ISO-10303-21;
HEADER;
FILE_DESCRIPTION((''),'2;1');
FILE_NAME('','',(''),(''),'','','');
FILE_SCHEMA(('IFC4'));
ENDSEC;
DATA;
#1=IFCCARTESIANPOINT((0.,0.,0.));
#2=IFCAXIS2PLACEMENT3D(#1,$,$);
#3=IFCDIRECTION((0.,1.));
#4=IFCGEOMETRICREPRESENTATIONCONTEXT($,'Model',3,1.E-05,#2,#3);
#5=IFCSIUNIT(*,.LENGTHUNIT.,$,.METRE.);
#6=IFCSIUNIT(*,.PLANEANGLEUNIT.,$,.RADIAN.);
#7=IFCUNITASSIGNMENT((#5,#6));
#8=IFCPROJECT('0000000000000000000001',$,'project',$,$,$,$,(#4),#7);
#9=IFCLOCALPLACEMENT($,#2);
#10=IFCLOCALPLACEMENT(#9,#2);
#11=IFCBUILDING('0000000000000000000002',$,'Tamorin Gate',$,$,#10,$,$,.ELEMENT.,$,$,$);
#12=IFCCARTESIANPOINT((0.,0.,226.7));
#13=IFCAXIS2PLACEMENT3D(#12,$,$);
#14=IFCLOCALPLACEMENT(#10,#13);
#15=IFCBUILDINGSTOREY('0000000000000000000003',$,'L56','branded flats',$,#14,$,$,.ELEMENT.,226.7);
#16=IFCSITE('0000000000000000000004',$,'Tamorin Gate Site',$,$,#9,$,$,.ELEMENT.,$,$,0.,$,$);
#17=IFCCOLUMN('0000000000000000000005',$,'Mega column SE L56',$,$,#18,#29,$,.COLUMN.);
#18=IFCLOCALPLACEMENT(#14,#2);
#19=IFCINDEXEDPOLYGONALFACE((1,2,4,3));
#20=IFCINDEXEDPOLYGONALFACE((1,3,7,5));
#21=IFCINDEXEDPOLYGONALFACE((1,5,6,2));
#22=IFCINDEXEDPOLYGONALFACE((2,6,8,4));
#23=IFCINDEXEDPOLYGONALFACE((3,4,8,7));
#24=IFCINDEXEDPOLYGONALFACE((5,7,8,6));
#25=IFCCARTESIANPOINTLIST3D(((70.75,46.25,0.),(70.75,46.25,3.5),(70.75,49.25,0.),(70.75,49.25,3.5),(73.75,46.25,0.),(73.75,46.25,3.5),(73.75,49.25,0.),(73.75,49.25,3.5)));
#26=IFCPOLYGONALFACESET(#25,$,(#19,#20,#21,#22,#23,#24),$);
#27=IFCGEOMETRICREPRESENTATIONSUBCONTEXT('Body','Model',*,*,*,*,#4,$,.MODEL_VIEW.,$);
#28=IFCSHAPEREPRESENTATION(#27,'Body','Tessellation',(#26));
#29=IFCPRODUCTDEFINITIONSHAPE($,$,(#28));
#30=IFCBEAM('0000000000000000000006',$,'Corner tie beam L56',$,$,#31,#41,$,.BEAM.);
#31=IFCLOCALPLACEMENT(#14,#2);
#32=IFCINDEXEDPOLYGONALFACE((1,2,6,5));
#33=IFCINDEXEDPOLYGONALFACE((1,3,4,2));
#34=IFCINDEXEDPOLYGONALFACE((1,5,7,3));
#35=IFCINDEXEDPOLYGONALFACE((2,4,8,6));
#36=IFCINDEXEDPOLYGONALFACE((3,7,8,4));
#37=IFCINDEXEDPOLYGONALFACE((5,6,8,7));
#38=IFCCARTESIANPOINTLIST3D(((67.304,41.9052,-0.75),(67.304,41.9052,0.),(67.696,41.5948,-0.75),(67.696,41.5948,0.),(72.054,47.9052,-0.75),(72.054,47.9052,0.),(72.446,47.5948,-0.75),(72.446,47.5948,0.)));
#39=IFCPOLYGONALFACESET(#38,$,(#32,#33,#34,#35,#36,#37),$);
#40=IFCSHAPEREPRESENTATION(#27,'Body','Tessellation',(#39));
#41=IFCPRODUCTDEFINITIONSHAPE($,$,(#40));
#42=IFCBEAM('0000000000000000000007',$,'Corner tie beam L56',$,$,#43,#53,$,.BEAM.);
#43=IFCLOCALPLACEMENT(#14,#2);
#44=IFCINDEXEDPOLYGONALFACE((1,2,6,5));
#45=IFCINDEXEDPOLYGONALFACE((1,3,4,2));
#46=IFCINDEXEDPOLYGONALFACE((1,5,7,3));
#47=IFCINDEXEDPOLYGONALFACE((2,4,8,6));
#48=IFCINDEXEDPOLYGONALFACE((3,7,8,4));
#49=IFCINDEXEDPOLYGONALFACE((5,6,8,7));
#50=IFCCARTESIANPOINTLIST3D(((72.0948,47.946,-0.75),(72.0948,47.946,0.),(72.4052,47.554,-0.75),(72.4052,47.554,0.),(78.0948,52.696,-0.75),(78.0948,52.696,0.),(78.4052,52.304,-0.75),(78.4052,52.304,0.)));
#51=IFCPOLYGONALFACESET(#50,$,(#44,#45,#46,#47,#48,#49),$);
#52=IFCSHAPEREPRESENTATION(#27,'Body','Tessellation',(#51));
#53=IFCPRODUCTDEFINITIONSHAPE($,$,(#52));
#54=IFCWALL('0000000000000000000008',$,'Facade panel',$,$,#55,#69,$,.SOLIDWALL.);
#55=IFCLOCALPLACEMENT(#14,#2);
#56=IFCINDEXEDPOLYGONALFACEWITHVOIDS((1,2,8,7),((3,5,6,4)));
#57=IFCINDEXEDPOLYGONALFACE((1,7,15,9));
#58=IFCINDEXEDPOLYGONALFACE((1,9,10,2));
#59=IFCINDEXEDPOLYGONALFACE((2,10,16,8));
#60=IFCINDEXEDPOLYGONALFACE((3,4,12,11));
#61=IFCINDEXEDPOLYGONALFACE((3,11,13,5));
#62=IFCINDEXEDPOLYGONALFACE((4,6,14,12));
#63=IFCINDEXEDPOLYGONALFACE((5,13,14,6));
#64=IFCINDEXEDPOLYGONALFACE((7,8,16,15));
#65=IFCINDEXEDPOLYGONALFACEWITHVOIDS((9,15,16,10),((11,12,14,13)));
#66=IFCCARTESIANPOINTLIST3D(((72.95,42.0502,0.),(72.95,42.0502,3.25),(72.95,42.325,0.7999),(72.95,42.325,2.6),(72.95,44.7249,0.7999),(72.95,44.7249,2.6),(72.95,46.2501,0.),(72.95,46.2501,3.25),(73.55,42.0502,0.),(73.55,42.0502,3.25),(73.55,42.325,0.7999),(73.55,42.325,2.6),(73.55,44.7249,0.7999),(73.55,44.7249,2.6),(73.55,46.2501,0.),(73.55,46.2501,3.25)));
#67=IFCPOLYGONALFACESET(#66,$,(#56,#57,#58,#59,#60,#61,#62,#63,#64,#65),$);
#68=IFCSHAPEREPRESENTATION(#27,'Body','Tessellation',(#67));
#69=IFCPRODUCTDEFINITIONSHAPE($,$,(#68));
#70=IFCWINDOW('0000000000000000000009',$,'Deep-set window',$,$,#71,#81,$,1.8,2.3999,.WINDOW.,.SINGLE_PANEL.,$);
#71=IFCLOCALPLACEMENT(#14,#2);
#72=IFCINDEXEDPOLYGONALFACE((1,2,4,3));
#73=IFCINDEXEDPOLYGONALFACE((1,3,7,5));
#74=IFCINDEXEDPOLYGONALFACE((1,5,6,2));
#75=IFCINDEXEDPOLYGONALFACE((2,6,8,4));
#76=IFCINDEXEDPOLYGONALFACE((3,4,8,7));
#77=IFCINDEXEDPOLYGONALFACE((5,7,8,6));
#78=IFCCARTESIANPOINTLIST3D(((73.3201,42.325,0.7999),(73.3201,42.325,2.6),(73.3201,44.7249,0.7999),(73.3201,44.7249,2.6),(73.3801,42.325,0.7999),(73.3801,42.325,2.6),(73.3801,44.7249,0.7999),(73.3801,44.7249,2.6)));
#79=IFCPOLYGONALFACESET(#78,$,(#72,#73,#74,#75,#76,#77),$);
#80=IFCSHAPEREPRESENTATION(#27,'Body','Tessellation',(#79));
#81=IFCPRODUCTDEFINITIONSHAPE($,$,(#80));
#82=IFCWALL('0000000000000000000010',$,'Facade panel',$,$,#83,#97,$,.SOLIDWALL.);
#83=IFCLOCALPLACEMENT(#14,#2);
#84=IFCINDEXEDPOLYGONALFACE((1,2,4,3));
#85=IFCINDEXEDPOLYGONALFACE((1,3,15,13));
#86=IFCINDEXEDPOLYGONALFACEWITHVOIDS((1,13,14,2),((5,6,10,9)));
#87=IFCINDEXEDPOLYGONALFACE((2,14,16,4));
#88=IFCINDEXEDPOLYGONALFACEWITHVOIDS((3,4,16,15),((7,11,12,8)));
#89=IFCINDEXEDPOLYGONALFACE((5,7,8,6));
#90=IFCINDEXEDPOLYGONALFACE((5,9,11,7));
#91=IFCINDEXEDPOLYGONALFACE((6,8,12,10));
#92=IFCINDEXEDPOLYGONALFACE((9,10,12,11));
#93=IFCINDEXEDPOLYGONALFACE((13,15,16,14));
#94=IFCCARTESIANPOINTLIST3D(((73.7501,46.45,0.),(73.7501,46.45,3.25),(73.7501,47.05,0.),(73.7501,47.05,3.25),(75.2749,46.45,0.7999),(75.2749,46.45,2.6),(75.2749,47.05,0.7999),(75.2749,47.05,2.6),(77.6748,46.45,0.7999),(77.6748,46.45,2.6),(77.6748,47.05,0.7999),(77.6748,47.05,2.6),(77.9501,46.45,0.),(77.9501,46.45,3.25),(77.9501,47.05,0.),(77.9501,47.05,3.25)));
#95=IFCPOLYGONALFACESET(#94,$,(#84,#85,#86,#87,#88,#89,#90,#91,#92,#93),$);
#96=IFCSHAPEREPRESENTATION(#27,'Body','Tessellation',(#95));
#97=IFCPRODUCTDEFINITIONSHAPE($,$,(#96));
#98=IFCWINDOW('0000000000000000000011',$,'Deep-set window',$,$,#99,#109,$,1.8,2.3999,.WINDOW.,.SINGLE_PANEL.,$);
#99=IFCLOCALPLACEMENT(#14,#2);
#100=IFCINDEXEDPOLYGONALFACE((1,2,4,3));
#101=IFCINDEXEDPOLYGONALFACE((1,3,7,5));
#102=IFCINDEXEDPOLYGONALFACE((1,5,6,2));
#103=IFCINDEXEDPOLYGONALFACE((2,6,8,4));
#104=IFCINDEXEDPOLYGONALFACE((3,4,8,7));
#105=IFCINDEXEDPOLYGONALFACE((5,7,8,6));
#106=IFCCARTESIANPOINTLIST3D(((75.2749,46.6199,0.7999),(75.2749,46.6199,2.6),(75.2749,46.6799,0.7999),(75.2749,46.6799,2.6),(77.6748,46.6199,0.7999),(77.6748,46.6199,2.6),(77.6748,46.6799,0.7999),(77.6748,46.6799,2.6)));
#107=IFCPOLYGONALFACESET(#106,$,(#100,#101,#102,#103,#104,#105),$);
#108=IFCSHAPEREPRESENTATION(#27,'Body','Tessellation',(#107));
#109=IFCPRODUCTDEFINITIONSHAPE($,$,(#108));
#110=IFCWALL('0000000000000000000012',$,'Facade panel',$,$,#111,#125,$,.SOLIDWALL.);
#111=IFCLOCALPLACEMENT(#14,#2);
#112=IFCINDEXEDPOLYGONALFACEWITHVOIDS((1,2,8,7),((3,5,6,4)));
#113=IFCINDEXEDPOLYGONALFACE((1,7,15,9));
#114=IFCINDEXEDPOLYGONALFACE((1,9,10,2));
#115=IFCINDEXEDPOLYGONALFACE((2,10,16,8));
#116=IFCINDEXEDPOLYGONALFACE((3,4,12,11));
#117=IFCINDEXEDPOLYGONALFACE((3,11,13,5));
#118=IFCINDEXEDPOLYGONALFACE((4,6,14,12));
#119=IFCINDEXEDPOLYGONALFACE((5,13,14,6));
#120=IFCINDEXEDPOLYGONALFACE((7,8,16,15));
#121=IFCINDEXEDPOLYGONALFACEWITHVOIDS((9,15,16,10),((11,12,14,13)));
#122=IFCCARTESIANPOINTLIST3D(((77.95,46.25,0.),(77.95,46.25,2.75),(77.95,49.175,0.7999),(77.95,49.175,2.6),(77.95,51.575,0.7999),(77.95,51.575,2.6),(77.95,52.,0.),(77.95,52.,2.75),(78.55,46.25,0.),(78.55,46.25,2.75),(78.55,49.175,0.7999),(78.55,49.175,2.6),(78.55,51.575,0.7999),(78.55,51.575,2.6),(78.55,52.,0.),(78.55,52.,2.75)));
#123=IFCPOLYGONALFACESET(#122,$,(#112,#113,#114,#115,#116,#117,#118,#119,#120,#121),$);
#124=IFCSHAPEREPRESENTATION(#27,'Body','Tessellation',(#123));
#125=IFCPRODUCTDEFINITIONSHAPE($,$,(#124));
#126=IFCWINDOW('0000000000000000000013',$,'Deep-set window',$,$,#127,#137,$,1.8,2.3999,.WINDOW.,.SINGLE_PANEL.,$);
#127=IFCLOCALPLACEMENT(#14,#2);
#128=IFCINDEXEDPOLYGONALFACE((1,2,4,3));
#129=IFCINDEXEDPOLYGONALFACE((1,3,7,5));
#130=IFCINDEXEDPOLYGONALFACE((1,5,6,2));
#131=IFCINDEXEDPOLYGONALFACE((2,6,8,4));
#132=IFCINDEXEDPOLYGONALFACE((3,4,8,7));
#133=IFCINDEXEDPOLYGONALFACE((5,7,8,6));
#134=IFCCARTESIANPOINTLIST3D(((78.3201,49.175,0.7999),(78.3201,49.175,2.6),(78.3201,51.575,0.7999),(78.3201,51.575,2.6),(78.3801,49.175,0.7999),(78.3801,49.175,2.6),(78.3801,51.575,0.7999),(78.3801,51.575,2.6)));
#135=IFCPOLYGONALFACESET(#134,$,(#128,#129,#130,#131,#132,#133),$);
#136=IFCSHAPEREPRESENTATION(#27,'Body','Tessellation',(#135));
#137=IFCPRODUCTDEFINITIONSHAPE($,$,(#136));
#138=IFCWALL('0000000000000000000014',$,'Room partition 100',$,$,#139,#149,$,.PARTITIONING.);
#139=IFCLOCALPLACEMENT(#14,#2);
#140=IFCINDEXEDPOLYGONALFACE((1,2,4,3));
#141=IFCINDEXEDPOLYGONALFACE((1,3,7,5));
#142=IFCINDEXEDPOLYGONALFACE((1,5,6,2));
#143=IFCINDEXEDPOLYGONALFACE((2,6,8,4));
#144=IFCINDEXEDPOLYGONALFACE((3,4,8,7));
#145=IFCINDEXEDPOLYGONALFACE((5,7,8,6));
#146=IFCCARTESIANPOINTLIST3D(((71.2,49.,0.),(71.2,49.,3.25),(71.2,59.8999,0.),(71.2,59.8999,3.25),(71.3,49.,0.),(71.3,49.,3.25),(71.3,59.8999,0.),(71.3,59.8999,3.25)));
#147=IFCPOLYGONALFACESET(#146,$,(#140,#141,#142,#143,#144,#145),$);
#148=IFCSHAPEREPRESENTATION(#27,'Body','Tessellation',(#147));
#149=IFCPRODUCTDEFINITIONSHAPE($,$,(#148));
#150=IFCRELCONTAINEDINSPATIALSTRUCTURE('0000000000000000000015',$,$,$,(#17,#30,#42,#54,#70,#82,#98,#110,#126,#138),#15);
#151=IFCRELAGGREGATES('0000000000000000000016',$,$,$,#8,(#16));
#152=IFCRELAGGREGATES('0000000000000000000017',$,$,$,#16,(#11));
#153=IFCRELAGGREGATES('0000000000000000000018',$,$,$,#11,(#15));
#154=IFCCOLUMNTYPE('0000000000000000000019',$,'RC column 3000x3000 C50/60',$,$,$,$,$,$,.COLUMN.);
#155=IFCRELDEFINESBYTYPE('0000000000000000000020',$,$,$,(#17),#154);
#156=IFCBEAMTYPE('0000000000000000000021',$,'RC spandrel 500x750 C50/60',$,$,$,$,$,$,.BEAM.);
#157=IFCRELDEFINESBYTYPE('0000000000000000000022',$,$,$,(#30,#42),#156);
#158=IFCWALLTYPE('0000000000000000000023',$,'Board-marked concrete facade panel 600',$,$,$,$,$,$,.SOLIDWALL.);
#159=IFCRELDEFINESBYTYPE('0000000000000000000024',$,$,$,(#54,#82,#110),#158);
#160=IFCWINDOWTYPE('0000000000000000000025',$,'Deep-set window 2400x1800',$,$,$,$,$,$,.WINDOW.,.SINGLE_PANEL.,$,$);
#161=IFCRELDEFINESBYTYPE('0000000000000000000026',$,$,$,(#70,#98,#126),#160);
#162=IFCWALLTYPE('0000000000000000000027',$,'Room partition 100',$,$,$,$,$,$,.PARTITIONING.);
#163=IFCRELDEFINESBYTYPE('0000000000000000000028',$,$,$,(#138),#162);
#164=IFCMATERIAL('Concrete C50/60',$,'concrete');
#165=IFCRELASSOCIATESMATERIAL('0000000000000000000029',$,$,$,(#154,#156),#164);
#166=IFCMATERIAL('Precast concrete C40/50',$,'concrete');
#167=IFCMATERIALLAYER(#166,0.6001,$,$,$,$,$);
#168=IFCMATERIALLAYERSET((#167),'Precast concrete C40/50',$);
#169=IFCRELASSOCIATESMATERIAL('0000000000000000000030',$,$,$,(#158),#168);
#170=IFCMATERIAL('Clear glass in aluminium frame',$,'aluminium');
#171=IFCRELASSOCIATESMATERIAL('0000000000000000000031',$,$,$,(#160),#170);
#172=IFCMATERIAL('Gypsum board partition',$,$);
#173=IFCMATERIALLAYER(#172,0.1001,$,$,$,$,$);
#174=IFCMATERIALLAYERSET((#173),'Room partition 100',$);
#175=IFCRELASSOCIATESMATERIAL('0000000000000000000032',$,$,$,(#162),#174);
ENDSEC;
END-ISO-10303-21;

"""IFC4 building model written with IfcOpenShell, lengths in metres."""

from ifc_helpers import new_model, si_unit, direction, frame, frame_2d, origin, origin_2d, place, context, subcontext, project, spatial, rectangle, extrude, material, layer, layer_set, material_profile, profile_set, type_object, element, fill, save


model = new_model("IFC4")

# Units and contexts
model_context = context("Model", 3, precision=1e-05, world=origin(), true_north=direction((0.0, 1.0)))
body_context = subcontext(model_context, "Body", "Model", "MODEL_VIEW")
ifc_project = project(units=[si_unit("LENGTHUNIT", "METRE"), si_unit("PLANEANGLEUNIT", "RADIAN")], contexts=[model_context])

# Site, building, storey
site_placement = place(None, origin())
site = spatial("IfcSite", under=ifc_project, at=site_placement, Name="Tamorin Gate Site", CompositionType="ELEMENT", RefElevation=0.0)
building_placement = place(site_placement, origin())
building = spatial("IfcBuilding", under=site, at=building_placement, Name="Tamorin Gate", CompositionType="ELEMENT")
storey_placement = place(building_placement, frame((0.0, 0.0, 226.7)))
storey = spatial("IfcBuildingStorey", under=building, at=storey_placement, Name="L56", Description="branded flats", CompositionType="ELEMENT", Elevation=226.7)

# Column
ifc_material_1 = material(Name="Concrete C50/60", Category="concrete")
ifc_material_profile_1 = material_profile(ifc_material_1, rectangle(XDim=3.0, YDim=3.0, at=origin_2d()), Name="RC 3000x3000")
ifc_profile_set_1 = profile_set([ifc_material_profile_1], Name="Concrete C50/60")
column_type = type_object("IfcColumnType", Name="RC column 3000x3000 C50/60", PredefinedType="COLUMN", material=ifc_profile_set_1)
column_placement = place(storey_placement, frame((72.25, 47.75, 0.0), z_axis=(0.0, 0.0, 1.0), x_axis=(1.0, 0.0, 0.0)))
element("IfcColumn", 1, at=column_placement, inside=storey, type_object=column_type, Name="Mega column SE L56", PredefinedType="COLUMN", context=body_context, shape_type="SweptSolid", body=[
    extrude(rectangle(XDim=3.0, YDim=3.0, at=origin_2d()), origin(), (0.0, 0.0, 1.0), 3.5),
])

# Beams
ifc_material_profile_2 = material_profile(ifc_material_1, rectangle(XDim=0.5, YDim=0.75, at=origin_2d()), Name="RC 500x750")
ifc_profile_set_2 = profile_set([ifc_material_profile_2], Name="Concrete C50/60")
beam_type = type_object("IfcBeamType", Name="RC spandrel 500x750 C50/60", PredefinedType="BEAM", material=ifc_profile_set_2)
for number, where, z_axis, x_axis, name in (
    (2, (72.25, 47.75, -0.375), (-0.620703, -0.784046, 0.0), (0.784046, -0.620703, 0.0), "Corner tie beam L56"),
    (3, (72.25, 47.75, -0.375), (0.784046, 0.620703, 0.0), (-0.620703, 0.784046, 0.0), "Corner tie beam L56"),
):
    element("IfcBeam", number, at=place(storey_placement, frame(where, z_axis=z_axis, x_axis=x_axis)), inside=storey, type_object=beam_type, Name=name, PredefinedType="BEAM", context=body_context, shape_type="SweptSolid", body=[
        extrude(rectangle(XDim=0.5, YDim=0.75, at=origin_2d()), origin(), (0.0, 0.0, 1.0), 7.6526),
    ])

# Walls, openings, windows
ifc_material_2 = material(Name="Precast concrete C40/50", Category="concrete")
ifc_layer_1 = layer(ifc_material_2, 0.6001)
ifc_layer_set_1 = layer_set([ifc_layer_1], Name="Precast concrete C40/50")
wall_type_1 = type_object("IfcWallType", Name="Board-marked concrete facade panel 600", PredefinedType="SOLIDWALL", material=ifc_layer_set_1)
wall_1_placement = place(storey_placement, frame((73.25, 42.05, 0.0), z_axis=(0.0, 0.0, 1.0), x_axis=(0.0, 1.0, 0.0)))
wall_1 = element("IfcWall", 4, at=wall_1_placement, inside=storey, type_object=wall_type_1, Name="Facade panel", PredefinedType="SOLIDWALL", context=body_context, shape_type="SweptSolid", body=[
    extrude(rectangle(XDim=4.2, YDim=0.6001, at=frame_2d((2.1001, 0.0))), origin(), (0.0, 0.0, 1.0), 3.25),
])
opening_1_placement = place(wall_1_placement, frame((0.2749, 0.0, 0.8)))
opening_1 = element("IfcOpeningElement", 5, at=opening_1_placement, cuts=wall_1, PredefinedType="OPENING", context=body_context, shape_type="SweptSolid", body=[
    extrude(rectangle(XDim=2.3999, YDim=1.8, at=frame_2d((1.2, 0.8999))), frame((0.0, 0.3101, 0.0), z_axis=(0.0, -1.0, 0.0), x_axis=(1.0, 0.0, 0.0)), (0.0, 0.0, 1.0), 0.6201),
])
ifc_material_3 = material(Name="Clear glass in aluminium frame", Category="aluminium")
window_type = type_object("IfcWindowType", Name="Deep-set window 2400x1800", PartitioningType="SINGLE_PANEL", PredefinedType="WINDOW", material=ifc_material_3)
window_1_placement = place(opening_1_placement, origin())
window_1 = element("IfcWindow", 6, at=window_1_placement, inside=storey, type_object=window_type, Name="Deep-set window", OverallHeight=1.8, OverallWidth=2.3999, PartitioningType="SINGLE_PANEL", PredefinedType="WINDOW", context=body_context, shape_type="SweptSolid", body=[
    extrude(rectangle(XDim=2.3999, YDim=1.8, at=frame_2d((1.2, 0.8999))), frame((0.0, -0.0701, 0.0), z_axis=(0.0, -1.0, 0.0), x_axis=(1.0, 0.0, 0.0)), (0.0, 0.0, 1.0), 0.0601),
])
fill(opening_1, window_1)
wall_2_placement = place(storey_placement, frame((73.75, 46.75, 0.0), z_axis=(0.0, 0.0, 1.0), x_axis=(1.0, 0.0, 0.0)))
wall_2 = element("IfcWall", 7, at=wall_2_placement, inside=storey, type_object=wall_type_1, Name="Facade panel", PredefinedType="SOLIDWALL", context=body_context, shape_type="SweptSolid", body=[
    extrude(rectangle(XDim=4.2, YDim=0.6001, at=frame_2d((2.1001, 0.0))), origin(), (0.0, 0.0, 1.0), 3.25),
])
opening_2_placement = place(wall_2_placement, frame((1.5249, 0.0, 0.8)))
opening_2 = element("IfcOpeningElement", 8, at=opening_2_placement, cuts=wall_2, PredefinedType="OPENING", context=body_context, shape_type="SweptSolid", body=[
    extrude(rectangle(XDim=2.3999, YDim=1.8, at=frame_2d((1.2, 0.8999))), frame((0.0, 0.3101, 0.0), z_axis=(0.0, -1.0, 0.0), x_axis=(1.0, 0.0, 0.0)), (0.0, 0.0, 1.0), 0.6201),
])
window_2_placement = place(opening_2_placement, origin())
window_2 = element("IfcWindow", 9, at=window_2_placement, inside=storey, type_object=window_type, Name="Deep-set window", OverallHeight=1.8, OverallWidth=2.3999, PartitioningType="SINGLE_PANEL", PredefinedType="WINDOW", context=body_context, shape_type="SweptSolid", body=[
    extrude(rectangle(XDim=2.3999, YDim=1.8, at=frame_2d((1.2, 0.8999))), frame((0.0, -0.0701, 0.0), z_axis=(0.0, -1.0, 0.0), x_axis=(1.0, 0.0, 0.0)), (0.0, 0.0, 1.0), 0.0601),
])
fill(opening_2, window_2)
wall_3_placement = place(storey_placement, frame((78.25, 46.25, 0.0), z_axis=(0.0, 0.0, 1.0), x_axis=(0.0, 1.0, 0.0)))
wall_3 = element("IfcWall", 10, at=wall_3_placement, inside=storey, type_object=wall_type_1, Name="Facade panel", PredefinedType="SOLIDWALL", context=body_context, shape_type="SweptSolid", body=[
    extrude(rectangle(XDim=5.75, YDim=0.6001, at=frame_2d((2.875, 0.0))), origin(), (0.0, 0.0, 1.0), 2.75),
])
opening_3_placement = place(wall_3_placement, frame((2.925, 0.0, 0.8)))
opening_3 = element("IfcOpeningElement", 11, at=opening_3_placement, cuts=wall_3, PredefinedType="OPENING", context=body_context, shape_type="SweptSolid", body=[
    extrude(rectangle(XDim=2.3999, YDim=1.8, at=frame_2d((1.2, 0.8999))), frame((0.0, 0.3101, 0.0), z_axis=(0.0, -1.0, 0.0), x_axis=(1.0, 0.0, 0.0)), (0.0, 0.0, 1.0), 0.6201),
])
window_3_placement = place(opening_3_placement, origin())
window_3 = element("IfcWindow", 12, at=window_3_placement, inside=storey, type_object=window_type, Name="Deep-set window", OverallHeight=1.8, OverallWidth=2.3999, PartitioningType="SINGLE_PANEL", PredefinedType="WINDOW", context=body_context, shape_type="SweptSolid", body=[
    extrude(rectangle(XDim=2.3999, YDim=1.8, at=frame_2d((1.2, 0.8999))), frame((0.0, -0.0701, 0.0), z_axis=(0.0, -1.0, 0.0), x_axis=(1.0, 0.0, 0.0)), (0.0, 0.0, 1.0), 0.0601),
])
fill(opening_3, window_3)

# Wall
ifc_material_4 = material(Name="Gypsum board partition")
ifc_layer_2 = layer(ifc_material_4, 0.1001)
ifc_layer_set_2 = layer_set([ifc_layer_2], Name="Room partition 100")
wall_type_2 = type_object("IfcWallType", Name="Room partition 100", PredefinedType="PARTITIONING", material=ifc_layer_set_2)
wall_4_placement = place(storey_placement, frame((71.25, 49.0, 0.0), z_axis=(0.0, 0.0, 1.0), x_axis=(0.0, 1.0, 0.0)))
element("IfcWall", 13, at=wall_4_placement, inside=storey, type_object=wall_type_2, Name="Room partition 100", PredefinedType="PARTITIONING", context=body_context, shape_type="SweptSolid", body=[
    extrude(rectangle(XDim=10.8999, YDim=0.1001, at=frame_2d((5.45, 0.0))), origin(), (0.0, 0.0, 1.0), 3.25),
])

save(model, "model.ifc")
